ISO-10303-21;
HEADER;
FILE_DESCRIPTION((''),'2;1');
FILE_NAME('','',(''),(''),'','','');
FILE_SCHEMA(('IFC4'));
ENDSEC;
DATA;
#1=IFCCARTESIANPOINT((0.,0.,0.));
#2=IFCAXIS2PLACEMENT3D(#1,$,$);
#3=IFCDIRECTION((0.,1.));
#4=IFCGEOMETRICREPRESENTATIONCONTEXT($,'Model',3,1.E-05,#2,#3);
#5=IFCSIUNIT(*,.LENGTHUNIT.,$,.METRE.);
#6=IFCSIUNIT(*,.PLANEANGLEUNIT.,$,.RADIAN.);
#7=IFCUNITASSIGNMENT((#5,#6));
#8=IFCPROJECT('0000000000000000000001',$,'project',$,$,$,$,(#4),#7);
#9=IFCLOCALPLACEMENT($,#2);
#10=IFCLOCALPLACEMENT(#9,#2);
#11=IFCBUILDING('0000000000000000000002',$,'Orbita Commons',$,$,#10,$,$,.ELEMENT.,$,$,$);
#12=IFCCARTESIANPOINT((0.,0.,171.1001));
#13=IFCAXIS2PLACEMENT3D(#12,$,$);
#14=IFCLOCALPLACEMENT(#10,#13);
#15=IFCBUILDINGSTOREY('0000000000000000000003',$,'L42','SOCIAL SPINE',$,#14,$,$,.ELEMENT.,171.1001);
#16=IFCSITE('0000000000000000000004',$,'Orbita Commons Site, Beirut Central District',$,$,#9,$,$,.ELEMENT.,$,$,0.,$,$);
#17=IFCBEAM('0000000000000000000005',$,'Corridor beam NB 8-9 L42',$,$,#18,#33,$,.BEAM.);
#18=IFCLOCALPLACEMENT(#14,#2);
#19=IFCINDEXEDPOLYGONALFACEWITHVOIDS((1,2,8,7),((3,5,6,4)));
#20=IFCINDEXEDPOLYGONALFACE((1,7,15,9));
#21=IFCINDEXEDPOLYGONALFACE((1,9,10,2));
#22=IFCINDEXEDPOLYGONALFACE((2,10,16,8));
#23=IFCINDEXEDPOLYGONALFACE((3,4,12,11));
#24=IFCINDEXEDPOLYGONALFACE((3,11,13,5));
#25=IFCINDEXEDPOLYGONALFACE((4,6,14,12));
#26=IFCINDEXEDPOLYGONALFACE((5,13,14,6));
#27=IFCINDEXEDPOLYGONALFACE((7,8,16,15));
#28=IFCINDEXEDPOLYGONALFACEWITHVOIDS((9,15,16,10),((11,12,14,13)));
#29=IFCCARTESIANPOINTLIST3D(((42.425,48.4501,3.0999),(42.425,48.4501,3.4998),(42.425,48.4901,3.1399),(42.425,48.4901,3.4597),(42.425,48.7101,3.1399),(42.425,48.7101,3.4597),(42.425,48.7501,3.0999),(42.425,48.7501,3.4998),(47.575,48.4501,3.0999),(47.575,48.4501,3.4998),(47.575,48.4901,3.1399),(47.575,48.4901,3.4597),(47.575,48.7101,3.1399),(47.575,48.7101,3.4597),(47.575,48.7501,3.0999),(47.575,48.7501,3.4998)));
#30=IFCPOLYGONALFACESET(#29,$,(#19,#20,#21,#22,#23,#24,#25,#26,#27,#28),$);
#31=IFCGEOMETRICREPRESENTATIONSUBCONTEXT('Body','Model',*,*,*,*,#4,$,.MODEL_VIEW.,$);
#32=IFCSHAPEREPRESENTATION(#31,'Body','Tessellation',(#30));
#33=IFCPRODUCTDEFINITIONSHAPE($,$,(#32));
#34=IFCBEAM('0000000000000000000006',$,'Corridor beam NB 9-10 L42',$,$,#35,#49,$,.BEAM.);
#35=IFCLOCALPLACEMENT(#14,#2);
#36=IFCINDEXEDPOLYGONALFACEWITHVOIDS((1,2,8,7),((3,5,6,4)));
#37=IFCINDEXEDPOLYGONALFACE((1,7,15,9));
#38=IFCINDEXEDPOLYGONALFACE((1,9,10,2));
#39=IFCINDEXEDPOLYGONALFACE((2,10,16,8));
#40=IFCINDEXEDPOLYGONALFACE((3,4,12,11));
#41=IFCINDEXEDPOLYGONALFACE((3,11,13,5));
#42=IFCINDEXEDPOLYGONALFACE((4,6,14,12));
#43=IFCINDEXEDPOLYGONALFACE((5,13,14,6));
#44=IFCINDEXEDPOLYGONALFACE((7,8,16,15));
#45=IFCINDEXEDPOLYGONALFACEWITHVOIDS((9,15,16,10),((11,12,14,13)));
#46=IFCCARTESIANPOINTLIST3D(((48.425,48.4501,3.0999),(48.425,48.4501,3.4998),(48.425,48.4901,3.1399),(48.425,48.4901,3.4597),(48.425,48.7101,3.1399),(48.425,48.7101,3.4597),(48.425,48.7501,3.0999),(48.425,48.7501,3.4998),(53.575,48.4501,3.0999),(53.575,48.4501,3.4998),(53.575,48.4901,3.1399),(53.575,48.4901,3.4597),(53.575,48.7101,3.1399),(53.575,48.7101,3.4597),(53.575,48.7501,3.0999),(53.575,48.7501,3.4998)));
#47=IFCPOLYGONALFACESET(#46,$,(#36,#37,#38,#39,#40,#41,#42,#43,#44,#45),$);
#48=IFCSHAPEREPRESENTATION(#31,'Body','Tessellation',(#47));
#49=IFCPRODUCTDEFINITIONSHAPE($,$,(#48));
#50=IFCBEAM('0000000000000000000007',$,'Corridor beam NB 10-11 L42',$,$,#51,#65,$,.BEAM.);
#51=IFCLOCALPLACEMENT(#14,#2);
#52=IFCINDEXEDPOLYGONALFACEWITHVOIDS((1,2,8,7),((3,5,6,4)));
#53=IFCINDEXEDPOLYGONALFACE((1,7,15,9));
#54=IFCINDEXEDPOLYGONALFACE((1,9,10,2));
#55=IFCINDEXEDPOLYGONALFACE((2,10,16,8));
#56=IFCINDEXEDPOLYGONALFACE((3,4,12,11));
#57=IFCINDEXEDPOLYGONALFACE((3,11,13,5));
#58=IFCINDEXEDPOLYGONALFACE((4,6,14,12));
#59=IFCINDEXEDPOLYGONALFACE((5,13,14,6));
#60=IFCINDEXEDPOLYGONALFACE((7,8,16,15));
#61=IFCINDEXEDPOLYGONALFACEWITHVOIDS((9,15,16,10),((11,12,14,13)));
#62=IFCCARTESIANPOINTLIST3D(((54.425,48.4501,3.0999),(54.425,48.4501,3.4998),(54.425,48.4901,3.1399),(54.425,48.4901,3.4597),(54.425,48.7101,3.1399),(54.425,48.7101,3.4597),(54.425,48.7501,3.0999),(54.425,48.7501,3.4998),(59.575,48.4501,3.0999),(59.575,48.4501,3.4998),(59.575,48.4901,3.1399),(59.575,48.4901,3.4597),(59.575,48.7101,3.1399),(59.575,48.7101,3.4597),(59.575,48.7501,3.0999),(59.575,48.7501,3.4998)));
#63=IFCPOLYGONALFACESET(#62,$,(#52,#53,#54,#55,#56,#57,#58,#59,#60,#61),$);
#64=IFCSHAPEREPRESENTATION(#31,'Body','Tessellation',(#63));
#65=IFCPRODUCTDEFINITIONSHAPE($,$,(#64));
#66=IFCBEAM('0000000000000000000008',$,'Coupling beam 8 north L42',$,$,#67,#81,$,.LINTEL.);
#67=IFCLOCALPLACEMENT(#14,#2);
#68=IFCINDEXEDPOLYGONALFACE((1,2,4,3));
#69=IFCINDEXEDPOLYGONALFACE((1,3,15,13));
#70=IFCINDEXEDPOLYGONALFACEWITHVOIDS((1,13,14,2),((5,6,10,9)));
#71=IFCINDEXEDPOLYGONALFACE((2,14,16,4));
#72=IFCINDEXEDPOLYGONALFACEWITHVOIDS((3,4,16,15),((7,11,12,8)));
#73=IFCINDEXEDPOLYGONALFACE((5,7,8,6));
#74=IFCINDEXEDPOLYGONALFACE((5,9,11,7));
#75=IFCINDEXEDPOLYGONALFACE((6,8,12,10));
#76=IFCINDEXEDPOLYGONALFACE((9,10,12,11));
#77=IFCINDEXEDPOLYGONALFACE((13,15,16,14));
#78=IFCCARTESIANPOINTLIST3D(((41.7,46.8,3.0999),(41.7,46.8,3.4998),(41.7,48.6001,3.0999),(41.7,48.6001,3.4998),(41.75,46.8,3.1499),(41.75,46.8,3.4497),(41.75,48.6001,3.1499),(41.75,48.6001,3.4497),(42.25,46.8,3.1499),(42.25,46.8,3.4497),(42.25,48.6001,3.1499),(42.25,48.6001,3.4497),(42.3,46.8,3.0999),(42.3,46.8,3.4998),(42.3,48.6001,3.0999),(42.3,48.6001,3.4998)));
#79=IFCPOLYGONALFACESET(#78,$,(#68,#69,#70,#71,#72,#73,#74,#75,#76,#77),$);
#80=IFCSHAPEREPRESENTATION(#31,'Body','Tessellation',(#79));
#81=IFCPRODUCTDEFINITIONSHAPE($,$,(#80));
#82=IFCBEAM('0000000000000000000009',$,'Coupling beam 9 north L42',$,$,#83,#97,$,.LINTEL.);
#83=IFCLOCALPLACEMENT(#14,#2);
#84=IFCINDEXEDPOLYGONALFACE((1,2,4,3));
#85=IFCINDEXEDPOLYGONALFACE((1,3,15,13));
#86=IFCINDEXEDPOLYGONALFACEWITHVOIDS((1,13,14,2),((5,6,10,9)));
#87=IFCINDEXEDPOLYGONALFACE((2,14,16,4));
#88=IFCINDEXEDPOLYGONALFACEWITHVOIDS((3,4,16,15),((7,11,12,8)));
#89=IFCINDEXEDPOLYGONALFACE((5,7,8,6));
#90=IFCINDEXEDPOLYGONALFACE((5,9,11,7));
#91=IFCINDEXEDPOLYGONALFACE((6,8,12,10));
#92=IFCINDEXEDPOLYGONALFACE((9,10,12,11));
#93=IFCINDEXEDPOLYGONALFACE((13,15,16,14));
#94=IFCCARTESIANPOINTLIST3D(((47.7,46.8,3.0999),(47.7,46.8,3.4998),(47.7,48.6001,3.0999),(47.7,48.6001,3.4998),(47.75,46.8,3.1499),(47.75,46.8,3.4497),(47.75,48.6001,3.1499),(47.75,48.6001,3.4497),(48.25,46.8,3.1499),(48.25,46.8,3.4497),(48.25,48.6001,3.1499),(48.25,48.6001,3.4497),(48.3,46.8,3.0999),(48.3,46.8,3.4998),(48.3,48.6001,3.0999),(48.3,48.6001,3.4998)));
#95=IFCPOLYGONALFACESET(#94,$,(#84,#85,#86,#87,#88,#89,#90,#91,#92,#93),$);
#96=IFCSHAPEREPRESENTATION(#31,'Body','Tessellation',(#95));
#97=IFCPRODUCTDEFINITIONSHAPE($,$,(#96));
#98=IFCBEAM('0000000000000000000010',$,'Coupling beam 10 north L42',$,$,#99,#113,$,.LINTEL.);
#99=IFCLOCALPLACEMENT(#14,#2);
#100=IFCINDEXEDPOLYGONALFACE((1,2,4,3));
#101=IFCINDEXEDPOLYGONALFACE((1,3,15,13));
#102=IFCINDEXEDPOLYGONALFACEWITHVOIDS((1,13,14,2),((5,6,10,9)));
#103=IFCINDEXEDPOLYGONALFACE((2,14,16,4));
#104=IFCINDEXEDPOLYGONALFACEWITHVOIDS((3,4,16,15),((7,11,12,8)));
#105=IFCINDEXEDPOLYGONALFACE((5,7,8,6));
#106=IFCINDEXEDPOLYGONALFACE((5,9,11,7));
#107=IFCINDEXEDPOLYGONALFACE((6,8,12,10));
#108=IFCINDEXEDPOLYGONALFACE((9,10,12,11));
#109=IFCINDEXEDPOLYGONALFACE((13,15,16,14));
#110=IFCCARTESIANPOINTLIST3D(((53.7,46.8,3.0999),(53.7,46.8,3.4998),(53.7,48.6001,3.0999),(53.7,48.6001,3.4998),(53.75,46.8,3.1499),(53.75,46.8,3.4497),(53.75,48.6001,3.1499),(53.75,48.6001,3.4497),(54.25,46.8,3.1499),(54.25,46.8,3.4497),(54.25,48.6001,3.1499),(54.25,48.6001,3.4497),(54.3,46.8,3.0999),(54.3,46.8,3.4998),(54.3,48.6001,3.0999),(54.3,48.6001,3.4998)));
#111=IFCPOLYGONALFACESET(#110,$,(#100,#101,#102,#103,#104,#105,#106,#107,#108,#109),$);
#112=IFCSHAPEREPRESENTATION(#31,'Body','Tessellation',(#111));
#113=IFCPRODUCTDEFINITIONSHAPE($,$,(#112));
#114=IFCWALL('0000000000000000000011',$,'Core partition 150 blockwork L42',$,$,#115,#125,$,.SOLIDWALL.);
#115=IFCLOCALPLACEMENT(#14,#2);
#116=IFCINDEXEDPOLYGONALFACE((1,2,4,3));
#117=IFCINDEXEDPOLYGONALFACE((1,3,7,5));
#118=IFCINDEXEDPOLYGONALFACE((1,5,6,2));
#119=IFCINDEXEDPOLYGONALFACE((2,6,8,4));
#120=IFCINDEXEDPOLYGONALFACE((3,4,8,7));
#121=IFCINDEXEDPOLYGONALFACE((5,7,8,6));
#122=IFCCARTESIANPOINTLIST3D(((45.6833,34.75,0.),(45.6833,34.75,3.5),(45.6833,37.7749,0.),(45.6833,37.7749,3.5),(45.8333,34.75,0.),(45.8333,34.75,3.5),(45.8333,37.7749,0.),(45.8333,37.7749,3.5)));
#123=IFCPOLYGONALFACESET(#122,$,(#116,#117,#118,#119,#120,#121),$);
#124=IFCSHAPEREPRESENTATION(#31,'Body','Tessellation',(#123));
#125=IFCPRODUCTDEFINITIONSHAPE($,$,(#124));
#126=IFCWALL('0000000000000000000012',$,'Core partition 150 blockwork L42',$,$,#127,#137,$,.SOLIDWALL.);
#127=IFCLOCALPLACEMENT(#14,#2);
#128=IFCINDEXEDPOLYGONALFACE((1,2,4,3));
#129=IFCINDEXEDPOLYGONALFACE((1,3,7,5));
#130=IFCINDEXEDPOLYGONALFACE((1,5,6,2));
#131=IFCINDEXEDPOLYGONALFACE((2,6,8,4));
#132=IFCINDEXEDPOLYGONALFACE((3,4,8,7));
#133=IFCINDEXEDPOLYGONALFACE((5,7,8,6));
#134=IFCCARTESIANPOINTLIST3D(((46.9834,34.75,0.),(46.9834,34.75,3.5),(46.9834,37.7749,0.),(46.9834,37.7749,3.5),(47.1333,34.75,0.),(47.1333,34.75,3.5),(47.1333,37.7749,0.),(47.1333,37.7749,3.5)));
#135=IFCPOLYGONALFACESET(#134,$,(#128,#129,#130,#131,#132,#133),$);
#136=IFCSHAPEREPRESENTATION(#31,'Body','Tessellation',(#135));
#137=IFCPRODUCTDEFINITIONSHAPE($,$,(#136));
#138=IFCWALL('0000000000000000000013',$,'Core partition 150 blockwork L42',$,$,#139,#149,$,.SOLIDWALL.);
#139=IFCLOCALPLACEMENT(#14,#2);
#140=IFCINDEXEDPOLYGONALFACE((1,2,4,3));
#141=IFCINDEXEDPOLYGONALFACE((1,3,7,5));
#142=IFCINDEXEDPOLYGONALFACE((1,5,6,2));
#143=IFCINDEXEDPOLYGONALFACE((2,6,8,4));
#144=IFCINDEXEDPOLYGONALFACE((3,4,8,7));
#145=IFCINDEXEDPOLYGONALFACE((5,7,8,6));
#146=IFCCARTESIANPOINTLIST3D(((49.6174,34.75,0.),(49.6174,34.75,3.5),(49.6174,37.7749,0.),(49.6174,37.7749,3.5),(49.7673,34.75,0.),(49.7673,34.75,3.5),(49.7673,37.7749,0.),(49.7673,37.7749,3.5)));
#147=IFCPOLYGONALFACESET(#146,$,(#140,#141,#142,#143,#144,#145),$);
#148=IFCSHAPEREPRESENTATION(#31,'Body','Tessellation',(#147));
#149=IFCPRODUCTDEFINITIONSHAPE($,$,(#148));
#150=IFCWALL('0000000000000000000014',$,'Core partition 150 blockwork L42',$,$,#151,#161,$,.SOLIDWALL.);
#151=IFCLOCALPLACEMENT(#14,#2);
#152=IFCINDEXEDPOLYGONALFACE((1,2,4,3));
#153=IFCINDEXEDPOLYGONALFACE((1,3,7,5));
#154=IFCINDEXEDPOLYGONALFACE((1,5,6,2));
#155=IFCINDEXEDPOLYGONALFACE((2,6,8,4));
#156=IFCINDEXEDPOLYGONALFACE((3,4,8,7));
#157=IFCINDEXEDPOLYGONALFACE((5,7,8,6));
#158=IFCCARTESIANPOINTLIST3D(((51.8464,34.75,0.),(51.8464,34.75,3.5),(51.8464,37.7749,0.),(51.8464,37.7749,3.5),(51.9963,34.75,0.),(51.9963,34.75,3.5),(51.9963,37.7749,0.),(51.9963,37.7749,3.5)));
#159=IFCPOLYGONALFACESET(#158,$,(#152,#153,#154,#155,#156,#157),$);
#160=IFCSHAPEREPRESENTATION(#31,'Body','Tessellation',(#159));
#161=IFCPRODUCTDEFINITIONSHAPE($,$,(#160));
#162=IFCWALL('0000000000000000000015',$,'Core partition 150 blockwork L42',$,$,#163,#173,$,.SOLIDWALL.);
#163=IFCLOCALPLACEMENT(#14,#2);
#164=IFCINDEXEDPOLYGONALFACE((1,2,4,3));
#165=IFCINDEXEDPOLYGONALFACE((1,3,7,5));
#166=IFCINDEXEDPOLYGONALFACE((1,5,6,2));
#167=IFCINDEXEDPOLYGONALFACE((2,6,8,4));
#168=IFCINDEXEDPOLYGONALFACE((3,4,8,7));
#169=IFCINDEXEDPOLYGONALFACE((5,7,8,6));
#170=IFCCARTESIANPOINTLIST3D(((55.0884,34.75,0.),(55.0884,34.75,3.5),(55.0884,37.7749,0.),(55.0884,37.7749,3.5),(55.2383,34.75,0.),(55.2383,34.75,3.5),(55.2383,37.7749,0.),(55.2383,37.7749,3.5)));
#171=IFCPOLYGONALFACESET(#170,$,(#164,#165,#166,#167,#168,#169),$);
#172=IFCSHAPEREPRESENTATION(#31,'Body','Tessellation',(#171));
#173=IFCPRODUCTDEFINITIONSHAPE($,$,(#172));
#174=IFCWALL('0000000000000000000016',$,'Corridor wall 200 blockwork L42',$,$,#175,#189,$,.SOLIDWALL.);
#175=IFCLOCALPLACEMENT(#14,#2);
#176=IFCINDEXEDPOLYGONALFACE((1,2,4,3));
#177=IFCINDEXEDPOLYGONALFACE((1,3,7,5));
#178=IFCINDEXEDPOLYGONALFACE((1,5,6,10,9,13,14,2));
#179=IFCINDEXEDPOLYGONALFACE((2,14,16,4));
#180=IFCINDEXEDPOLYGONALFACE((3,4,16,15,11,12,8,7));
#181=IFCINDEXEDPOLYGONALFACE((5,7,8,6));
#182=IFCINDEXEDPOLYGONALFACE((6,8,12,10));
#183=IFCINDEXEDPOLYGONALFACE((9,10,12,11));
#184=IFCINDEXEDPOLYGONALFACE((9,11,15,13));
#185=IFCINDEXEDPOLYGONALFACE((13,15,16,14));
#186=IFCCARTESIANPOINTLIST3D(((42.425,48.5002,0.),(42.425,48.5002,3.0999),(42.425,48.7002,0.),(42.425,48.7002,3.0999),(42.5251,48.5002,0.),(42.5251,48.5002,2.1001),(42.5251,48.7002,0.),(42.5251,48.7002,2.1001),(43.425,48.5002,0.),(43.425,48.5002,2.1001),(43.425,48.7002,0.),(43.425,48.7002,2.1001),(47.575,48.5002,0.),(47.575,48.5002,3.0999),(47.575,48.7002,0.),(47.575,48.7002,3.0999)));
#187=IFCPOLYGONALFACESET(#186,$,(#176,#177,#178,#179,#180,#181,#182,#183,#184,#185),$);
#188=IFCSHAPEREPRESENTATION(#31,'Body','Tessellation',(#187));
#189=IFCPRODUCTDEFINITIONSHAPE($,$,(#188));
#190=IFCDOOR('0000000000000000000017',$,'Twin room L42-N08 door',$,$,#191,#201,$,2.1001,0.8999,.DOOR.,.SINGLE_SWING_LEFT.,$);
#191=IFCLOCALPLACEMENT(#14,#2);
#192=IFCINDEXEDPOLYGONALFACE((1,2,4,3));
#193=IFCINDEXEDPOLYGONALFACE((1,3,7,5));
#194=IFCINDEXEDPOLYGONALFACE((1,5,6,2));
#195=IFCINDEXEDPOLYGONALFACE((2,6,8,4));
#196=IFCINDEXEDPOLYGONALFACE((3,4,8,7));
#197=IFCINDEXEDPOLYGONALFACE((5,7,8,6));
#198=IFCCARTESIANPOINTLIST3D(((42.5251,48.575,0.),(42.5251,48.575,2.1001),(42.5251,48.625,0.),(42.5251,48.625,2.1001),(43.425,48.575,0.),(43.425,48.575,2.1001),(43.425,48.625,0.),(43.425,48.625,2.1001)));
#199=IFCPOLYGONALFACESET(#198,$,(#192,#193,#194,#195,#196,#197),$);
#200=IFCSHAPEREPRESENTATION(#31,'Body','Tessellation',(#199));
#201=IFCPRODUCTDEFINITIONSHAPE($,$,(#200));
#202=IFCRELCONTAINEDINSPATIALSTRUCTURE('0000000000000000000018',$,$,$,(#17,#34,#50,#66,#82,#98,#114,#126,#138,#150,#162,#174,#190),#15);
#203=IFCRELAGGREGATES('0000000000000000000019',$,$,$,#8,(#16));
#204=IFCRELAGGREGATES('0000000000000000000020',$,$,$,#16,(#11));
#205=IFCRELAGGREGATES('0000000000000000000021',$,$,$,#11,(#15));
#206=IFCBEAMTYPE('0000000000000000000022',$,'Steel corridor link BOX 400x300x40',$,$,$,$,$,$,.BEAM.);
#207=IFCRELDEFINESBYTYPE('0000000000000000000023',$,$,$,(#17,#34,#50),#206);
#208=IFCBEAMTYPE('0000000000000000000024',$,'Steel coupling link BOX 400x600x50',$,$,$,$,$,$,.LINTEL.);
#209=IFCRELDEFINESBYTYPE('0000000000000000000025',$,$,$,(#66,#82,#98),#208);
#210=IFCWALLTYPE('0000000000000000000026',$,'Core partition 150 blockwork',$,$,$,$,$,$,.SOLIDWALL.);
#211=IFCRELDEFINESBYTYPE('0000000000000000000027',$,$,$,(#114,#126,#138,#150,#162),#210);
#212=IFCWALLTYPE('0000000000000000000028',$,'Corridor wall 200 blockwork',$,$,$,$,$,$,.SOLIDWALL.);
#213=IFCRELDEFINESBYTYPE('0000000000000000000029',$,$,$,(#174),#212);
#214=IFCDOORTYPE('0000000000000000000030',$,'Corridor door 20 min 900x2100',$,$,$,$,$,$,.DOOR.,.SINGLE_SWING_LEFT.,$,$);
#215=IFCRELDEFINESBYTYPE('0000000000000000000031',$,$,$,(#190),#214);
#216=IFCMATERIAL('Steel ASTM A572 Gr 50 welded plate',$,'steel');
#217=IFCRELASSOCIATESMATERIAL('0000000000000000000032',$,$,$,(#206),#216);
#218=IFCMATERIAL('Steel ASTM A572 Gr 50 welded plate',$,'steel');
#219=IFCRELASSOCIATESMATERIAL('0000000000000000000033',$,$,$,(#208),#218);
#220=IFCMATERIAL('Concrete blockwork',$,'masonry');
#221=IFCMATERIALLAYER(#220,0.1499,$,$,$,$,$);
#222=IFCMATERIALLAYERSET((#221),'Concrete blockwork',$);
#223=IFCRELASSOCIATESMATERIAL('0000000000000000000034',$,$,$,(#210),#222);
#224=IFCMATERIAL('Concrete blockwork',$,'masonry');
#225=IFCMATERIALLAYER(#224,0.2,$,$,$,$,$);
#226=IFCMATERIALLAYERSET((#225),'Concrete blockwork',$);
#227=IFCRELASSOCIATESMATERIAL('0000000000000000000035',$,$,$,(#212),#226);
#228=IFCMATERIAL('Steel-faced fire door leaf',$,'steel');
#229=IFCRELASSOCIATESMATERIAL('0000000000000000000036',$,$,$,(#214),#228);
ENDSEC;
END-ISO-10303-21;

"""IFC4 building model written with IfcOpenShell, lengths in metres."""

from ifc_helpers import new_model, si_unit, direction, frame, frame_2d, origin, origin_2d, place, context, subcontext, project, spatial, polyline, rectangle, hollow_rectangle, outline, extrude, material, layer, layer_set, material_profile, profile_set, type_object, element, fill, save


model = new_model("IFC4")

# Units and contexts
model_context = context("Model", 3, precision=1e-05, world=origin(), true_north=direction((0.0, 1.0)))
body_context = subcontext(model_context, "Body", "Model", "MODEL_VIEW")
ifc_project = project(units=[si_unit("LENGTHUNIT", "METRE"), si_unit("PLANEANGLEUNIT", "RADIAN")], contexts=[model_context])

# Site, building, storey
site_placement = place(None, origin())
site = spatial("IfcSite", under=ifc_project, at=site_placement, Name="Orbita Commons Site, Beirut Central District", CompositionType="ELEMENT", RefElevation=0.0)
building_placement = place(site_placement, origin())
building = spatial("IfcBuilding", under=site, at=building_placement, Name="Orbita Commons", CompositionType="ELEMENT")
storey_placement = place(building_placement, frame((0.0, 0.0, 171.1001)))
storey = spatial("IfcBuildingStorey", under=building, at=storey_placement, Name="L42", Description="SOCIAL SPINE", CompositionType="ELEMENT", Elevation=171.1001)

# Beams
ifc_material_1 = material(Name="Steel ASTM A572 Gr 50 welded plate", Category="steel")
ifc_material_profile_1 = material_profile(ifc_material_1, hollow_rectangle(XDim=0.3, YDim=0.3999, WallThickness=0.04, at=origin_2d()), Name="BOX 400x300x40")
ifc_profile_set_1 = profile_set([ifc_material_profile_1], Name="Steel ASTM A572 Gr 50 welded plate")
beam_type_1 = type_object("IfcBeamType", Name="Steel corridor link BOX 400x300x40", PredefinedType="BEAM", material=ifc_profile_set_1)
for number, where, z_axis, x_axis, name in (
    (1, (42.425, 48.6001, 3.2998), (1.0, 0.0, 0.0), (0.0, 1.0, 0.0), "Corridor beam NB 8-9 L42"),
    (2, (48.425, 48.6001, 3.2998), (1.0, 0.0, 0.0), (0.0, 1.0, 0.0), "Corridor beam NB 9-10 L42"),
    (3, (54.425, 48.6001, 3.2998), (1.0, 0.0, 0.0), (0.0, 1.0, 0.0), "Corridor beam NB 10-11 L42"),
):
    element("IfcBeam", number, at=place(storey_placement, frame(where, z_axis=z_axis, x_axis=x_axis)), inside=storey, type_object=beam_type_1, Name=name, PredefinedType="BEAM", context=body_context, shape_type="SweptSolid", body=[
        extrude(hollow_rectangle(XDim=0.3, YDim=0.3999, WallThickness=0.04, at=origin_2d()), origin(), (0.0, 0.0, 1.0), 5.1499),
    ])
ifc_material_2 = material(Name="Steel ASTM A572 Gr 50 welded plate", Category="steel")
ifc_material_profile_2 = material_profile(ifc_material_2, hollow_rectangle(XDim=0.6001, YDim=0.3999, WallThickness=0.05, at=origin_2d()), Name="BOX 400x600x50")
ifc_profile_set_2 = profile_set([ifc_material_profile_2], Name="Steel ASTM A572 Gr 50 welded plate")
beam_type_2 = type_object("IfcBeamType", Name="Steel coupling link BOX 400x600x50", PredefinedType="LINTEL", material=ifc_profile_set_2)
for number, where, z_axis, x_axis, name in (
    (4, (42.0, 46.8, 3.2998), (0.0, 1.0, 0.0), (-1.0, 0.0, 0.0), "Coupling beam 8 north L42"),
    (5, (48.0, 46.8, 3.2998), (0.0, 1.0, 0.0), (-1.0, 0.0, 0.0), "Coupling beam 9 north L42"),
    (6, (54.0, 46.8, 3.2998), (0.0, 1.0, 0.0), (-1.0, 0.0, 0.0), "Coupling beam 10 north L42"),
):
    element("IfcBeam", number, at=place(storey_placement, frame(where, z_axis=z_axis, x_axis=x_axis)), inside=storey, type_object=beam_type_2, Name=name, PredefinedType="LINTEL", context=body_context, shape_type="SweptSolid", body=[
        extrude(hollow_rectangle(XDim=0.6001, YDim=0.3999, WallThickness=0.05, at=origin_2d()), origin(), (0.0, 0.0, 1.0), 1.8),
    ])

# Walls
ifc_material_3 = material(Name="Concrete blockwork", Category="masonry")
ifc_layer_1 = layer(ifc_material_3, 0.1499)
ifc_layer_set_1 = layer_set([ifc_layer_1], Name="Concrete blockwork")
wall_type_1 = type_object("IfcWallType", Name="Core partition 150 blockwork", PredefinedType="SOLIDWALL", material=ifc_layer_set_1)
for number, where, z_axis, x_axis, name in (
    (7, (45.7583, 34.75, 0.0), (0.0, 0.0, 1.0), (0.0, 1.0, 0.0), "Core partition 150 blockwork L42"),
    (8, (47.0583, 34.75, 0.0), (0.0, 0.0, 1.0), (0.0, 1.0, 0.0), "Core partition 150 blockwork L42"),
    (9, (49.6924, 34.75, 0.0), (0.0, 0.0, 1.0), (0.0, 1.0, 0.0), "Core partition 150 blockwork L42"),
    (10, (51.9214, 34.75, 0.0), (0.0, 0.0, 1.0), (0.0, 1.0, 0.0), "Core partition 150 blockwork L42"),
    (11, (55.1633, 34.75, 0.0), (0.0, 0.0, 1.0), (0.0, 1.0, 0.0), "Core partition 150 blockwork L42"),
):
    element("IfcWall", number, at=place(storey_placement, frame(where, z_axis=z_axis, x_axis=x_axis)), inside=storey, type_object=wall_type_1, Name=name, PredefinedType="SOLIDWALL", context=body_context, shape_type="SweptSolid", body=[
        extrude(rectangle(XDim=3.0249, YDim=0.1499, at=frame_2d((1.5125, 0.0))), origin(), (0.0, 0.0, 1.0), 3.5),
    ])

# Wall, opening, door
ifc_material_4 = material(Name="Concrete blockwork", Category="masonry")
ifc_layer_2 = layer(ifc_material_4, 0.2)
ifc_layer_set_2 = layer_set([ifc_layer_2], Name="Concrete blockwork")
wall_type_2 = type_object("IfcWallType", Name="Corridor wall 200 blockwork", PredefinedType="SOLIDWALL", material=ifc_layer_set_2)
wall_1_placement = place(storey_placement, frame((42.425, 48.6001, 0.0), z_axis=(0.0, 0.0, 1.0), x_axis=(1.0, 0.0, 0.0)))
wall_1 = element("IfcWall", 12, at=wall_1_placement, inside=storey, type_object=wall_type_2, Name="Corridor wall 200 blockwork L42", PredefinedType="SOLIDWALL", context=body_context, shape_type="SweptSolid", body=[
    extrude(outline(polyline([(0.0, 0.0), (5.1499, 0.0), (5.1499, 3.0999), (0.0, 3.0999), (0.0, 0.0)])), frame((0.0, 0.1001, 0.0), z_axis=(0.0, -1.0, 0.0), x_axis=(1.0, 0.0, 0.0)), (0.0, 0.0, 1.0), 0.2),
])
opening_1_placement = place(wall_1_placement, frame((0.1001, 0.0, 0.0)))
opening_1 = element("IfcOpeningElement", 13, at=opening_1_placement, cuts=wall_1, PredefinedType="OPENING", context=body_context, shape_type="SweptSolid", body=[
    extrude(rectangle(XDim=0.8999, YDim=2.1001, at=frame_2d((0.45, 1.05))), frame((0.0, 0.1099, 0.0), z_axis=(0.0, -1.0, 0.0), x_axis=(1.0, 0.0, 0.0)), (0.0, 0.0, 1.0), 0.22),
])
ifc_material_5 = material(Name="Steel-faced fire door leaf", Category="steel")
door_type_1 = type_object("IfcDoorType", Name="Corridor door 20 min 900x2100", OperationType="SINGLE_SWING_LEFT", PredefinedType="DOOR", material=ifc_material_5)
door_1_placement = place(opening_1_placement, origin())
door_1 = element("IfcDoor", 14, at=door_1_placement, inside=storey, type_object=door_type_1, Name="Twin room L42-N08 door", OperationType="SINGLE_SWING_LEFT", OverallHeight=2.1001, OverallWidth=0.8999, PredefinedType="DOOR", context=body_context, shape_type="SweptSolid", body=[
    extrude(rectangle(XDim=0.8999, YDim=2.1001, at=frame_2d((0.45, 1.05))), frame((0.0, 0.0249, 0.0), z_axis=(0.0, -1.0, 0.0), x_axis=(1.0, 0.0, 0.0)), (0.0, 0.0, 1.0), 0.05),
])
fill(opening_1, door_1)

save(model, "model.ifc")
